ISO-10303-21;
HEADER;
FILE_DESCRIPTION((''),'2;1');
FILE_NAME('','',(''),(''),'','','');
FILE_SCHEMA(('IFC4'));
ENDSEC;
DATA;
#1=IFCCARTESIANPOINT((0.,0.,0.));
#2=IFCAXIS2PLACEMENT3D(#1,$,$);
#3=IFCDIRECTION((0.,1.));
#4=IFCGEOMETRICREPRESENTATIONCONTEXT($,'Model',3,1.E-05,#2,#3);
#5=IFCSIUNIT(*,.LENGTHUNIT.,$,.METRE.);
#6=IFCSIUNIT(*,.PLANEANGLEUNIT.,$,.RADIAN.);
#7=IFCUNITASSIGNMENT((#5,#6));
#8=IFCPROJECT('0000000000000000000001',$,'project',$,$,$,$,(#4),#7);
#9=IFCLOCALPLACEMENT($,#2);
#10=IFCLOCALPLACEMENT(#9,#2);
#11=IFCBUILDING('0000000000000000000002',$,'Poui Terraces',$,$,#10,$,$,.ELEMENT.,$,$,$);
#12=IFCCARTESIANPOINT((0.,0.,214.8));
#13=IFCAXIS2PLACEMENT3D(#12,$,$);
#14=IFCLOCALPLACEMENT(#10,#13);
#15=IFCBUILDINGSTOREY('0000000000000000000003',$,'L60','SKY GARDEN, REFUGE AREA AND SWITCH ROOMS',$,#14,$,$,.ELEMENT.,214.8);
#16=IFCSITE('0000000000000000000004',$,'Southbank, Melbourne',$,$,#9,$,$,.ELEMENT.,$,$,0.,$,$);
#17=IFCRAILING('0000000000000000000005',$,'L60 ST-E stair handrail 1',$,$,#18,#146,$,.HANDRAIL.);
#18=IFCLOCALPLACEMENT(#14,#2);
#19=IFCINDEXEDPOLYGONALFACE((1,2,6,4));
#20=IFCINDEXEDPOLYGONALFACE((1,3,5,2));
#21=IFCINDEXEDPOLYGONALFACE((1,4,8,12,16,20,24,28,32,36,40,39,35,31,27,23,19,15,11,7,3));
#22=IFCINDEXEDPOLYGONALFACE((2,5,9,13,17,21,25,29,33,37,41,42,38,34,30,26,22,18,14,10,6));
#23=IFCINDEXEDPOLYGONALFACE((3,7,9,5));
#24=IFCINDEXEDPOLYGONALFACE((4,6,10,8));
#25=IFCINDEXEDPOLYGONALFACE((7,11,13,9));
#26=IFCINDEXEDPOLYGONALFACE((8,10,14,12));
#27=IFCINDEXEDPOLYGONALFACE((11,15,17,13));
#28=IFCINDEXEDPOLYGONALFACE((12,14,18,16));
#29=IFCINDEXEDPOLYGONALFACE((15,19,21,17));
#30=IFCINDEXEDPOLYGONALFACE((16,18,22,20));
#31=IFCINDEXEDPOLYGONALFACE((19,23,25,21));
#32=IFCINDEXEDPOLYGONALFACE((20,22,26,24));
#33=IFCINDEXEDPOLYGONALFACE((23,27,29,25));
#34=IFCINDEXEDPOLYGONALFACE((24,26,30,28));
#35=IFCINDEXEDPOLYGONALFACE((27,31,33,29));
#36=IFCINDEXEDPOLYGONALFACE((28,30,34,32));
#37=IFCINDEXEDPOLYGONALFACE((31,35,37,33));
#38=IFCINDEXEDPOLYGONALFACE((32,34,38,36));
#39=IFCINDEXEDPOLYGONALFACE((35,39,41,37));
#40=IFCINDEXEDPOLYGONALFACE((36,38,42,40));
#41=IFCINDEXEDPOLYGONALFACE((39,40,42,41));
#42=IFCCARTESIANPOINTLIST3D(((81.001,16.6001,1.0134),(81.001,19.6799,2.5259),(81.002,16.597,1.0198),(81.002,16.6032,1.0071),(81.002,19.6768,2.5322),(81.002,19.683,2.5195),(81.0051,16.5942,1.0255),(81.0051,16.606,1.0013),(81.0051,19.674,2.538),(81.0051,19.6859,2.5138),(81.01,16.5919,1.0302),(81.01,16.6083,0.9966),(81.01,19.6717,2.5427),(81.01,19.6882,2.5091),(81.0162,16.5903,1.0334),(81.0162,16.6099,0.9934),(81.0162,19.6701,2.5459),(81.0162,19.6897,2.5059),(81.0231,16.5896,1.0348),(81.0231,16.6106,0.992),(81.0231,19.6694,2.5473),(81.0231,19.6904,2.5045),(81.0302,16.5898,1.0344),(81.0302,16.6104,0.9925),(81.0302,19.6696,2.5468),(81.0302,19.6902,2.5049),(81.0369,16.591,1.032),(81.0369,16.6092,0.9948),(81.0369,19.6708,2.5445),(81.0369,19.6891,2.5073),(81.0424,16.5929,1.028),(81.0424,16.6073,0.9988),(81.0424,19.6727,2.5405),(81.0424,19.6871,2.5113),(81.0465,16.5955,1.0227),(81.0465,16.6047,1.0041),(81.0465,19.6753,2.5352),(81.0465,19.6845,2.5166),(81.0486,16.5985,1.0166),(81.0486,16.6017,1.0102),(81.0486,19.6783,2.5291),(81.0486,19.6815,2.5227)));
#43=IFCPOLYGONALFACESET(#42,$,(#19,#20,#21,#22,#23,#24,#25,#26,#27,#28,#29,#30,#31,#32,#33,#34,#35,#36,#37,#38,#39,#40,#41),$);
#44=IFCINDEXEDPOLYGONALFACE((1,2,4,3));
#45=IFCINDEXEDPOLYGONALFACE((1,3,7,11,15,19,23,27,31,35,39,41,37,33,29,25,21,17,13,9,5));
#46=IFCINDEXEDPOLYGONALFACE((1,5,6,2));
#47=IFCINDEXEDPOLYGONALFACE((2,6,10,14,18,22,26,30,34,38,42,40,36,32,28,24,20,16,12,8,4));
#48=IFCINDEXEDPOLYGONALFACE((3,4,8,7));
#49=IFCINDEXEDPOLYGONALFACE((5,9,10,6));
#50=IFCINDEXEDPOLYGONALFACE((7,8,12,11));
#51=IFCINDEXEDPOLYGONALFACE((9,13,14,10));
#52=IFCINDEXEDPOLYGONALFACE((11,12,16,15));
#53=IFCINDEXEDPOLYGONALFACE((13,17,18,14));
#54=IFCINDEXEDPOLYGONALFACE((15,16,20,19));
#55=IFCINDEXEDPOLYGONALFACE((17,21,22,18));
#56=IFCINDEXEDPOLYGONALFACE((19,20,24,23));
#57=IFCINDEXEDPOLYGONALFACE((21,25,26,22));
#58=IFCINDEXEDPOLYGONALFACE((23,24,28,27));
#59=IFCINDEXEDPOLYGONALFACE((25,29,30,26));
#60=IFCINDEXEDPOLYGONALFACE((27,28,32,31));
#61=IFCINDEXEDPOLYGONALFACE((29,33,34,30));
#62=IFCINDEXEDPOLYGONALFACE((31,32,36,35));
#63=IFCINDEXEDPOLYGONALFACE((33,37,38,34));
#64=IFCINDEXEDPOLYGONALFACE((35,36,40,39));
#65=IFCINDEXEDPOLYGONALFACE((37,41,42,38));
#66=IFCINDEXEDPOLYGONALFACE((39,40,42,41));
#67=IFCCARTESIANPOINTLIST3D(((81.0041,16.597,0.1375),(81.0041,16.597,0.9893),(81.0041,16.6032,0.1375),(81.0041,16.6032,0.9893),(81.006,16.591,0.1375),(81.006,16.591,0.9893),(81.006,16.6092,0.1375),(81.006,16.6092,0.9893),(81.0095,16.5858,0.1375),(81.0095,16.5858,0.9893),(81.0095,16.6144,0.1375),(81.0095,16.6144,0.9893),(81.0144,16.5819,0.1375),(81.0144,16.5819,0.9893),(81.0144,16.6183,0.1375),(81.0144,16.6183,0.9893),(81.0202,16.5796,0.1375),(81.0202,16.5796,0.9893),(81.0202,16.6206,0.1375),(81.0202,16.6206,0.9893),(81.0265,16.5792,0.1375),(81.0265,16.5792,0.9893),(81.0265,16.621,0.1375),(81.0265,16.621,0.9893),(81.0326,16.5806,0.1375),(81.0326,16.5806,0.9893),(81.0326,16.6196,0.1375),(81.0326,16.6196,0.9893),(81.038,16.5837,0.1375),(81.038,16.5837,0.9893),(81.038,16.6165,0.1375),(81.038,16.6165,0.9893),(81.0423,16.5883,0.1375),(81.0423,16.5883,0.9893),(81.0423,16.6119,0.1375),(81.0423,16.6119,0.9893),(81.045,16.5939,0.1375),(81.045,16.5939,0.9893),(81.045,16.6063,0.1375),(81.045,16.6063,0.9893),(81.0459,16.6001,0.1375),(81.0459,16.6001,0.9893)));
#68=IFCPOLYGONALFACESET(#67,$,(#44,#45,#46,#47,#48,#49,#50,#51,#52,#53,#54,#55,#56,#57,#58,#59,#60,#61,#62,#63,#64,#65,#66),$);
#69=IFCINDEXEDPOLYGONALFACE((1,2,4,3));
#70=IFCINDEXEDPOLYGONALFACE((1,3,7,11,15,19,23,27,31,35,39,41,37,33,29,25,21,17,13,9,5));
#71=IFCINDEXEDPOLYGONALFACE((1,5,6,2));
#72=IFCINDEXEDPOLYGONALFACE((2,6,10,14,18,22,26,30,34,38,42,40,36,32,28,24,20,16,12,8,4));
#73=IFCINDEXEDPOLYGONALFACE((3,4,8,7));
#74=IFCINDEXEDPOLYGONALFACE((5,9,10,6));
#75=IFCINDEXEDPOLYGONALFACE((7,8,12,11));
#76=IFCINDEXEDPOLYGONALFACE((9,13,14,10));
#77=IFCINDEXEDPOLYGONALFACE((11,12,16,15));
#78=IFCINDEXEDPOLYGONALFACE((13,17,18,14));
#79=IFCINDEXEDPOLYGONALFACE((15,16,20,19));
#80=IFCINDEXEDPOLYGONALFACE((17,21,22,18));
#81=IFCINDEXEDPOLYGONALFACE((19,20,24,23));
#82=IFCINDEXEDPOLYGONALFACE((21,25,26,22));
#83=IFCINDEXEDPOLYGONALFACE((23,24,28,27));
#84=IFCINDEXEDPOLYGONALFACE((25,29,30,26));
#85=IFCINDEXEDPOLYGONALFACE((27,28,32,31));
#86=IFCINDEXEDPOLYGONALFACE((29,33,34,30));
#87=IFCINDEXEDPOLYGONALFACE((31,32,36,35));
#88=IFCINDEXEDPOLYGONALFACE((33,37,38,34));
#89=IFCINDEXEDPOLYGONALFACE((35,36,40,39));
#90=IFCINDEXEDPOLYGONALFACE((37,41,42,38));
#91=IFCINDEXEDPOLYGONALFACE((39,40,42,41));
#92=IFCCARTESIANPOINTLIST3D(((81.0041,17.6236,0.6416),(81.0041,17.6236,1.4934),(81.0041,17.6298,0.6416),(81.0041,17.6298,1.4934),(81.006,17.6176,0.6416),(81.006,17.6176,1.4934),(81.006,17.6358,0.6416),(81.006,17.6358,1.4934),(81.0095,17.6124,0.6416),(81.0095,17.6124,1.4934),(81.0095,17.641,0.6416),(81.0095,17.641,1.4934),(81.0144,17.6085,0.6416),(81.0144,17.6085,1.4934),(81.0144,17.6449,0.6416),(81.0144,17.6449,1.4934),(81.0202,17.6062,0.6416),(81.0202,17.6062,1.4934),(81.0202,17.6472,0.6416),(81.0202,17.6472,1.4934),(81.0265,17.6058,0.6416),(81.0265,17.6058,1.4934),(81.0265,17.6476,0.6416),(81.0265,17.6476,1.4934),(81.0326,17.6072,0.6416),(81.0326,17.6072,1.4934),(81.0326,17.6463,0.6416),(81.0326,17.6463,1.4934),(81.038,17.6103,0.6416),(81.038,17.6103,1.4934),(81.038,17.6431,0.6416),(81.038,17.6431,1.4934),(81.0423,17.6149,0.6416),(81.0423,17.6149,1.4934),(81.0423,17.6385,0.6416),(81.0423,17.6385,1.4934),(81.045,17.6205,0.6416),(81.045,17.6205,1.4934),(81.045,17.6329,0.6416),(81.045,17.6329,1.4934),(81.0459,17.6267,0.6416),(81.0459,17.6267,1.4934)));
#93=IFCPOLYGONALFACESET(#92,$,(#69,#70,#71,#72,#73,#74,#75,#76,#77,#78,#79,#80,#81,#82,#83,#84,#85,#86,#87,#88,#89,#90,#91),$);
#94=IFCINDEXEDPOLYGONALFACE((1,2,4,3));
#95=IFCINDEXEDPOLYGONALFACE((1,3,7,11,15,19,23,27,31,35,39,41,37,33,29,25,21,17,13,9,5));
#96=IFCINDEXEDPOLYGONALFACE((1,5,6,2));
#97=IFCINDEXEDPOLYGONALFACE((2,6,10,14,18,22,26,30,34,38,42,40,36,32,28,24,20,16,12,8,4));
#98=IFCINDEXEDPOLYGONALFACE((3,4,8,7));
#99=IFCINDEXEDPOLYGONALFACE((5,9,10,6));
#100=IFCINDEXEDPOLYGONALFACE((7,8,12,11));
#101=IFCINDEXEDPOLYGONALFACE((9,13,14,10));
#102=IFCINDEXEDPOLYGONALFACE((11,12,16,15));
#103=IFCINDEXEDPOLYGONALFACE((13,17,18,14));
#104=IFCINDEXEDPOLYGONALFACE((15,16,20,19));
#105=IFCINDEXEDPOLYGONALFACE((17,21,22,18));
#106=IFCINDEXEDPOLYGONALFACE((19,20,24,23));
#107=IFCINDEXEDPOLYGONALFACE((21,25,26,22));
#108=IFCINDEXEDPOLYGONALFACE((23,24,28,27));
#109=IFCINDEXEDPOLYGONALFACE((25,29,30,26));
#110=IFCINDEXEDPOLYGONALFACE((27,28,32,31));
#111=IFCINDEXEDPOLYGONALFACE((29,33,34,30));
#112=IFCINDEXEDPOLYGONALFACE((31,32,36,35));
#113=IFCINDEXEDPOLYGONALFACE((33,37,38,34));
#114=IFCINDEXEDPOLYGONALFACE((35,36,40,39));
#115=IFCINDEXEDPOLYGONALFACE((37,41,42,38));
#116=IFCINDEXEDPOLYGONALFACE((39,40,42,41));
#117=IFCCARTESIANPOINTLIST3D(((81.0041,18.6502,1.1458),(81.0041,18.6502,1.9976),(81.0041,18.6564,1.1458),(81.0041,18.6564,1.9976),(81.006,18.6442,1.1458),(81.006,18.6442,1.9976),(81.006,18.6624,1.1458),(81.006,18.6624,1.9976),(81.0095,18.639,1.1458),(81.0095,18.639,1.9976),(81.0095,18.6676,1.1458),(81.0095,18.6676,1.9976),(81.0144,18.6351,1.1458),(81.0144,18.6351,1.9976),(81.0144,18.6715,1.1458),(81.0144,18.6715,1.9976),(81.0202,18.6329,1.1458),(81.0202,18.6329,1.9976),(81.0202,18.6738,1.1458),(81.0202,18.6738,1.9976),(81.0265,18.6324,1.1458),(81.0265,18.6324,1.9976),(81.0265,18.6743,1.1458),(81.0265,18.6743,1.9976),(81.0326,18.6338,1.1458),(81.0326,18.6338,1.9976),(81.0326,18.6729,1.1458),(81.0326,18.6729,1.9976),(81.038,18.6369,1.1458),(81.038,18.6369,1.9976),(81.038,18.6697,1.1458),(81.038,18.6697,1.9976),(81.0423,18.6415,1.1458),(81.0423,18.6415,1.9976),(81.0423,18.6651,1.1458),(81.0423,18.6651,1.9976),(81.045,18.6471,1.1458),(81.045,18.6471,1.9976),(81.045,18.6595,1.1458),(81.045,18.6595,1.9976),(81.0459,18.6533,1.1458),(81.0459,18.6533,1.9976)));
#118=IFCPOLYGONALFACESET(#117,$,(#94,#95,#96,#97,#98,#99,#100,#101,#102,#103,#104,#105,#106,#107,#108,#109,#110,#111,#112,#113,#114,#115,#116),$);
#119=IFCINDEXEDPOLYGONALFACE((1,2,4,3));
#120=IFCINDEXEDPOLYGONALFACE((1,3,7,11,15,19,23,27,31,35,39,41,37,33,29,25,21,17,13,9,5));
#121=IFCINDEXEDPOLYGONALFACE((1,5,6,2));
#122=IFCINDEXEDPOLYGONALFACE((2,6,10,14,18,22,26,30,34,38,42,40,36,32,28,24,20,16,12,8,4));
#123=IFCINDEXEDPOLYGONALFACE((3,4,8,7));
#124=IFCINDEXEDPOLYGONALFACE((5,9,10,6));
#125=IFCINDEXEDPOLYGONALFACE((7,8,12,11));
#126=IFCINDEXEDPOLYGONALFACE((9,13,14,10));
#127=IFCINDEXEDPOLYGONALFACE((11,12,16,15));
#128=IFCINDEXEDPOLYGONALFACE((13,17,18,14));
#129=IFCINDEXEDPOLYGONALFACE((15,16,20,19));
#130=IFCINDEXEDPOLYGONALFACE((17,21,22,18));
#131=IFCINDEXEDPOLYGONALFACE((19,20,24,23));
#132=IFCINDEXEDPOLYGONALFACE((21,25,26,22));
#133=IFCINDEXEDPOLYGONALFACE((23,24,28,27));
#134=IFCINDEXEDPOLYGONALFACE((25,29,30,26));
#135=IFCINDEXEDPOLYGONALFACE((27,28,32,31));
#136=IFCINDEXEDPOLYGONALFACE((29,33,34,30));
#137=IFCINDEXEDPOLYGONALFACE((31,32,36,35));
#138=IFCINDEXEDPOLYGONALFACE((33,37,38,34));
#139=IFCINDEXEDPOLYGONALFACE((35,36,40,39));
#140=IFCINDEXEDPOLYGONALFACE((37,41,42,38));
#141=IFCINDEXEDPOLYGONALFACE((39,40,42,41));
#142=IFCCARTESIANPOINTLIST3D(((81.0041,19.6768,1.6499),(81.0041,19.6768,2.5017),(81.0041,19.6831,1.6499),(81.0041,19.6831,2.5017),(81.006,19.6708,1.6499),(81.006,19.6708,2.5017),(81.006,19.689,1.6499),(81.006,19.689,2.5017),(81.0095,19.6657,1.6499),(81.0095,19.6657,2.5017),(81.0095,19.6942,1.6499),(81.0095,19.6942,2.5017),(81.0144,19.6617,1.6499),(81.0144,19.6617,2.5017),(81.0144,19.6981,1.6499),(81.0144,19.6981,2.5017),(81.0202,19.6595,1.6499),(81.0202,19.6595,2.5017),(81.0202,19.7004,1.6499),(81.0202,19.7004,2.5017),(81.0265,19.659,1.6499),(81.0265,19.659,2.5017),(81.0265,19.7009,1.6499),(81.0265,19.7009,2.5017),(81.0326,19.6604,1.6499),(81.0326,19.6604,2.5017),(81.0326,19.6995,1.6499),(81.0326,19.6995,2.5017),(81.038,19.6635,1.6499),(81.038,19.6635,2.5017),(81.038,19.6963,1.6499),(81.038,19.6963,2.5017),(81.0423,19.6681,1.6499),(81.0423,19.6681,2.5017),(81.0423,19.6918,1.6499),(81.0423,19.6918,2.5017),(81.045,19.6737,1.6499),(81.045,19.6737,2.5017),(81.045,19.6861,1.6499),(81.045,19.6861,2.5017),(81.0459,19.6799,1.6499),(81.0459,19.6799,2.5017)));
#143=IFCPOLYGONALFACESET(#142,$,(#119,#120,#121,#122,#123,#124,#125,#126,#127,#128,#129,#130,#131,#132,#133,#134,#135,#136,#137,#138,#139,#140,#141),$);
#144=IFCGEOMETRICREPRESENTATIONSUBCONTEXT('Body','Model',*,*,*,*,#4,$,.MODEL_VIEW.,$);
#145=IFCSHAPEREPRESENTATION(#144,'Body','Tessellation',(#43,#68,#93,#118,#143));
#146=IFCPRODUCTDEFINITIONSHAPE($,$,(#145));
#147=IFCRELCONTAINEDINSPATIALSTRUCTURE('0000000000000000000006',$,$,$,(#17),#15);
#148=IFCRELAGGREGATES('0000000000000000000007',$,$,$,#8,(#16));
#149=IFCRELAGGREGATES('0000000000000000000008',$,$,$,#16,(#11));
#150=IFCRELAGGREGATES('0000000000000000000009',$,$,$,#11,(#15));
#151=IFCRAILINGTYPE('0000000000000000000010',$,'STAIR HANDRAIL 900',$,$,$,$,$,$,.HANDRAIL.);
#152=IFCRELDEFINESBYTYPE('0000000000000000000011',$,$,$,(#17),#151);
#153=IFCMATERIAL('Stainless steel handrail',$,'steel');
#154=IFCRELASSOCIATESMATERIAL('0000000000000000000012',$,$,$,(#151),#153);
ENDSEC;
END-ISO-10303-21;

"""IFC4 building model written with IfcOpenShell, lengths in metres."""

from ifc_helpers import new_model, si_unit, direction, frame, origin, origin_2d, place, context, subcontext, project, spatial, circle, extrude, material, type_object, element, save


model = new_model("IFC4")

# Units and contexts
model_context = context("Model", 3, precision=1e-05, world=origin(), true_north=direction((0.0, 1.0)))
body_context = subcontext(model_context, "Body", "Model", "MODEL_VIEW")
ifc_project = project(units=[si_unit("LENGTHUNIT", "METRE"), si_unit("PLANEANGLEUNIT", "RADIAN")], contexts=[model_context])

# Site, building, storey
site_placement = place(None, origin())
site = spatial("IfcSite", under=ifc_project, at=site_placement, Name="Southbank, Melbourne", CompositionType="ELEMENT", RefElevation=0.0)
building_placement = place(site_placement, origin())
building = spatial("IfcBuilding", under=site, at=building_placement, Name="Poui Terraces", CompositionType="ELEMENT")
storey_placement = place(building_placement, frame((0.0, 0.0, 214.8)))
storey = spatial("IfcBuildingStorey", under=building, at=storey_placement, Name="L60", Description="SKY GARDEN, REFUGE AREA AND SWITCH ROOMS", CompositionType="ELEMENT", Elevation=214.8)

# Railing
ifc_material_1 = material(Name="Stainless steel handrail", Category="steel")
railing_type_1 = type_object("IfcRailingType", Name="STAIR HANDRAIL 900", PredefinedType="HANDRAIL", material=ifc_material_1)
railing_1_placement = place(storey_placement, frame((81.0249, 16.6001, 0.1375)))
element("IfcRailing", 1, at=railing_1_placement, inside=storey, type_object=railing_type_1, Name="L60 ST-E stair handrail 1", PredefinedType="HANDRAIL", context=body_context, shape_type="SweptSolid", body=[
    extrude(circle(Radius=0.0239, at=origin_2d()), frame((0.0, 0.0, 0.876), z_axis=(0.0, 0.897606, 0.440798), x_axis=(-1.0, 0.0, 0.0)), (0.0, 0.0, 1.0), 3.4312),
    extrude(circle(Radius=0.021, at=origin_2d()), origin(), (0.0, 0.0, 1.0), 0.8518),
    extrude(circle(Radius=0.021, at=origin_2d()), frame((0.0, 1.0266, 0.5042)), (0.0, 0.0, 1.0), 0.8518),
    extrude(circle(Radius=0.021, at=origin_2d()), frame((0.0, 2.0532, 1.0083)), (0.0, 0.0, 1.0), 0.8518),
    extrude(circle(Radius=0.021, at=origin_2d()), frame((0.0, 3.0798, 1.5125)), (0.0, 0.0, 1.0), 0.8518),
])

save(model, "model.ifc")
